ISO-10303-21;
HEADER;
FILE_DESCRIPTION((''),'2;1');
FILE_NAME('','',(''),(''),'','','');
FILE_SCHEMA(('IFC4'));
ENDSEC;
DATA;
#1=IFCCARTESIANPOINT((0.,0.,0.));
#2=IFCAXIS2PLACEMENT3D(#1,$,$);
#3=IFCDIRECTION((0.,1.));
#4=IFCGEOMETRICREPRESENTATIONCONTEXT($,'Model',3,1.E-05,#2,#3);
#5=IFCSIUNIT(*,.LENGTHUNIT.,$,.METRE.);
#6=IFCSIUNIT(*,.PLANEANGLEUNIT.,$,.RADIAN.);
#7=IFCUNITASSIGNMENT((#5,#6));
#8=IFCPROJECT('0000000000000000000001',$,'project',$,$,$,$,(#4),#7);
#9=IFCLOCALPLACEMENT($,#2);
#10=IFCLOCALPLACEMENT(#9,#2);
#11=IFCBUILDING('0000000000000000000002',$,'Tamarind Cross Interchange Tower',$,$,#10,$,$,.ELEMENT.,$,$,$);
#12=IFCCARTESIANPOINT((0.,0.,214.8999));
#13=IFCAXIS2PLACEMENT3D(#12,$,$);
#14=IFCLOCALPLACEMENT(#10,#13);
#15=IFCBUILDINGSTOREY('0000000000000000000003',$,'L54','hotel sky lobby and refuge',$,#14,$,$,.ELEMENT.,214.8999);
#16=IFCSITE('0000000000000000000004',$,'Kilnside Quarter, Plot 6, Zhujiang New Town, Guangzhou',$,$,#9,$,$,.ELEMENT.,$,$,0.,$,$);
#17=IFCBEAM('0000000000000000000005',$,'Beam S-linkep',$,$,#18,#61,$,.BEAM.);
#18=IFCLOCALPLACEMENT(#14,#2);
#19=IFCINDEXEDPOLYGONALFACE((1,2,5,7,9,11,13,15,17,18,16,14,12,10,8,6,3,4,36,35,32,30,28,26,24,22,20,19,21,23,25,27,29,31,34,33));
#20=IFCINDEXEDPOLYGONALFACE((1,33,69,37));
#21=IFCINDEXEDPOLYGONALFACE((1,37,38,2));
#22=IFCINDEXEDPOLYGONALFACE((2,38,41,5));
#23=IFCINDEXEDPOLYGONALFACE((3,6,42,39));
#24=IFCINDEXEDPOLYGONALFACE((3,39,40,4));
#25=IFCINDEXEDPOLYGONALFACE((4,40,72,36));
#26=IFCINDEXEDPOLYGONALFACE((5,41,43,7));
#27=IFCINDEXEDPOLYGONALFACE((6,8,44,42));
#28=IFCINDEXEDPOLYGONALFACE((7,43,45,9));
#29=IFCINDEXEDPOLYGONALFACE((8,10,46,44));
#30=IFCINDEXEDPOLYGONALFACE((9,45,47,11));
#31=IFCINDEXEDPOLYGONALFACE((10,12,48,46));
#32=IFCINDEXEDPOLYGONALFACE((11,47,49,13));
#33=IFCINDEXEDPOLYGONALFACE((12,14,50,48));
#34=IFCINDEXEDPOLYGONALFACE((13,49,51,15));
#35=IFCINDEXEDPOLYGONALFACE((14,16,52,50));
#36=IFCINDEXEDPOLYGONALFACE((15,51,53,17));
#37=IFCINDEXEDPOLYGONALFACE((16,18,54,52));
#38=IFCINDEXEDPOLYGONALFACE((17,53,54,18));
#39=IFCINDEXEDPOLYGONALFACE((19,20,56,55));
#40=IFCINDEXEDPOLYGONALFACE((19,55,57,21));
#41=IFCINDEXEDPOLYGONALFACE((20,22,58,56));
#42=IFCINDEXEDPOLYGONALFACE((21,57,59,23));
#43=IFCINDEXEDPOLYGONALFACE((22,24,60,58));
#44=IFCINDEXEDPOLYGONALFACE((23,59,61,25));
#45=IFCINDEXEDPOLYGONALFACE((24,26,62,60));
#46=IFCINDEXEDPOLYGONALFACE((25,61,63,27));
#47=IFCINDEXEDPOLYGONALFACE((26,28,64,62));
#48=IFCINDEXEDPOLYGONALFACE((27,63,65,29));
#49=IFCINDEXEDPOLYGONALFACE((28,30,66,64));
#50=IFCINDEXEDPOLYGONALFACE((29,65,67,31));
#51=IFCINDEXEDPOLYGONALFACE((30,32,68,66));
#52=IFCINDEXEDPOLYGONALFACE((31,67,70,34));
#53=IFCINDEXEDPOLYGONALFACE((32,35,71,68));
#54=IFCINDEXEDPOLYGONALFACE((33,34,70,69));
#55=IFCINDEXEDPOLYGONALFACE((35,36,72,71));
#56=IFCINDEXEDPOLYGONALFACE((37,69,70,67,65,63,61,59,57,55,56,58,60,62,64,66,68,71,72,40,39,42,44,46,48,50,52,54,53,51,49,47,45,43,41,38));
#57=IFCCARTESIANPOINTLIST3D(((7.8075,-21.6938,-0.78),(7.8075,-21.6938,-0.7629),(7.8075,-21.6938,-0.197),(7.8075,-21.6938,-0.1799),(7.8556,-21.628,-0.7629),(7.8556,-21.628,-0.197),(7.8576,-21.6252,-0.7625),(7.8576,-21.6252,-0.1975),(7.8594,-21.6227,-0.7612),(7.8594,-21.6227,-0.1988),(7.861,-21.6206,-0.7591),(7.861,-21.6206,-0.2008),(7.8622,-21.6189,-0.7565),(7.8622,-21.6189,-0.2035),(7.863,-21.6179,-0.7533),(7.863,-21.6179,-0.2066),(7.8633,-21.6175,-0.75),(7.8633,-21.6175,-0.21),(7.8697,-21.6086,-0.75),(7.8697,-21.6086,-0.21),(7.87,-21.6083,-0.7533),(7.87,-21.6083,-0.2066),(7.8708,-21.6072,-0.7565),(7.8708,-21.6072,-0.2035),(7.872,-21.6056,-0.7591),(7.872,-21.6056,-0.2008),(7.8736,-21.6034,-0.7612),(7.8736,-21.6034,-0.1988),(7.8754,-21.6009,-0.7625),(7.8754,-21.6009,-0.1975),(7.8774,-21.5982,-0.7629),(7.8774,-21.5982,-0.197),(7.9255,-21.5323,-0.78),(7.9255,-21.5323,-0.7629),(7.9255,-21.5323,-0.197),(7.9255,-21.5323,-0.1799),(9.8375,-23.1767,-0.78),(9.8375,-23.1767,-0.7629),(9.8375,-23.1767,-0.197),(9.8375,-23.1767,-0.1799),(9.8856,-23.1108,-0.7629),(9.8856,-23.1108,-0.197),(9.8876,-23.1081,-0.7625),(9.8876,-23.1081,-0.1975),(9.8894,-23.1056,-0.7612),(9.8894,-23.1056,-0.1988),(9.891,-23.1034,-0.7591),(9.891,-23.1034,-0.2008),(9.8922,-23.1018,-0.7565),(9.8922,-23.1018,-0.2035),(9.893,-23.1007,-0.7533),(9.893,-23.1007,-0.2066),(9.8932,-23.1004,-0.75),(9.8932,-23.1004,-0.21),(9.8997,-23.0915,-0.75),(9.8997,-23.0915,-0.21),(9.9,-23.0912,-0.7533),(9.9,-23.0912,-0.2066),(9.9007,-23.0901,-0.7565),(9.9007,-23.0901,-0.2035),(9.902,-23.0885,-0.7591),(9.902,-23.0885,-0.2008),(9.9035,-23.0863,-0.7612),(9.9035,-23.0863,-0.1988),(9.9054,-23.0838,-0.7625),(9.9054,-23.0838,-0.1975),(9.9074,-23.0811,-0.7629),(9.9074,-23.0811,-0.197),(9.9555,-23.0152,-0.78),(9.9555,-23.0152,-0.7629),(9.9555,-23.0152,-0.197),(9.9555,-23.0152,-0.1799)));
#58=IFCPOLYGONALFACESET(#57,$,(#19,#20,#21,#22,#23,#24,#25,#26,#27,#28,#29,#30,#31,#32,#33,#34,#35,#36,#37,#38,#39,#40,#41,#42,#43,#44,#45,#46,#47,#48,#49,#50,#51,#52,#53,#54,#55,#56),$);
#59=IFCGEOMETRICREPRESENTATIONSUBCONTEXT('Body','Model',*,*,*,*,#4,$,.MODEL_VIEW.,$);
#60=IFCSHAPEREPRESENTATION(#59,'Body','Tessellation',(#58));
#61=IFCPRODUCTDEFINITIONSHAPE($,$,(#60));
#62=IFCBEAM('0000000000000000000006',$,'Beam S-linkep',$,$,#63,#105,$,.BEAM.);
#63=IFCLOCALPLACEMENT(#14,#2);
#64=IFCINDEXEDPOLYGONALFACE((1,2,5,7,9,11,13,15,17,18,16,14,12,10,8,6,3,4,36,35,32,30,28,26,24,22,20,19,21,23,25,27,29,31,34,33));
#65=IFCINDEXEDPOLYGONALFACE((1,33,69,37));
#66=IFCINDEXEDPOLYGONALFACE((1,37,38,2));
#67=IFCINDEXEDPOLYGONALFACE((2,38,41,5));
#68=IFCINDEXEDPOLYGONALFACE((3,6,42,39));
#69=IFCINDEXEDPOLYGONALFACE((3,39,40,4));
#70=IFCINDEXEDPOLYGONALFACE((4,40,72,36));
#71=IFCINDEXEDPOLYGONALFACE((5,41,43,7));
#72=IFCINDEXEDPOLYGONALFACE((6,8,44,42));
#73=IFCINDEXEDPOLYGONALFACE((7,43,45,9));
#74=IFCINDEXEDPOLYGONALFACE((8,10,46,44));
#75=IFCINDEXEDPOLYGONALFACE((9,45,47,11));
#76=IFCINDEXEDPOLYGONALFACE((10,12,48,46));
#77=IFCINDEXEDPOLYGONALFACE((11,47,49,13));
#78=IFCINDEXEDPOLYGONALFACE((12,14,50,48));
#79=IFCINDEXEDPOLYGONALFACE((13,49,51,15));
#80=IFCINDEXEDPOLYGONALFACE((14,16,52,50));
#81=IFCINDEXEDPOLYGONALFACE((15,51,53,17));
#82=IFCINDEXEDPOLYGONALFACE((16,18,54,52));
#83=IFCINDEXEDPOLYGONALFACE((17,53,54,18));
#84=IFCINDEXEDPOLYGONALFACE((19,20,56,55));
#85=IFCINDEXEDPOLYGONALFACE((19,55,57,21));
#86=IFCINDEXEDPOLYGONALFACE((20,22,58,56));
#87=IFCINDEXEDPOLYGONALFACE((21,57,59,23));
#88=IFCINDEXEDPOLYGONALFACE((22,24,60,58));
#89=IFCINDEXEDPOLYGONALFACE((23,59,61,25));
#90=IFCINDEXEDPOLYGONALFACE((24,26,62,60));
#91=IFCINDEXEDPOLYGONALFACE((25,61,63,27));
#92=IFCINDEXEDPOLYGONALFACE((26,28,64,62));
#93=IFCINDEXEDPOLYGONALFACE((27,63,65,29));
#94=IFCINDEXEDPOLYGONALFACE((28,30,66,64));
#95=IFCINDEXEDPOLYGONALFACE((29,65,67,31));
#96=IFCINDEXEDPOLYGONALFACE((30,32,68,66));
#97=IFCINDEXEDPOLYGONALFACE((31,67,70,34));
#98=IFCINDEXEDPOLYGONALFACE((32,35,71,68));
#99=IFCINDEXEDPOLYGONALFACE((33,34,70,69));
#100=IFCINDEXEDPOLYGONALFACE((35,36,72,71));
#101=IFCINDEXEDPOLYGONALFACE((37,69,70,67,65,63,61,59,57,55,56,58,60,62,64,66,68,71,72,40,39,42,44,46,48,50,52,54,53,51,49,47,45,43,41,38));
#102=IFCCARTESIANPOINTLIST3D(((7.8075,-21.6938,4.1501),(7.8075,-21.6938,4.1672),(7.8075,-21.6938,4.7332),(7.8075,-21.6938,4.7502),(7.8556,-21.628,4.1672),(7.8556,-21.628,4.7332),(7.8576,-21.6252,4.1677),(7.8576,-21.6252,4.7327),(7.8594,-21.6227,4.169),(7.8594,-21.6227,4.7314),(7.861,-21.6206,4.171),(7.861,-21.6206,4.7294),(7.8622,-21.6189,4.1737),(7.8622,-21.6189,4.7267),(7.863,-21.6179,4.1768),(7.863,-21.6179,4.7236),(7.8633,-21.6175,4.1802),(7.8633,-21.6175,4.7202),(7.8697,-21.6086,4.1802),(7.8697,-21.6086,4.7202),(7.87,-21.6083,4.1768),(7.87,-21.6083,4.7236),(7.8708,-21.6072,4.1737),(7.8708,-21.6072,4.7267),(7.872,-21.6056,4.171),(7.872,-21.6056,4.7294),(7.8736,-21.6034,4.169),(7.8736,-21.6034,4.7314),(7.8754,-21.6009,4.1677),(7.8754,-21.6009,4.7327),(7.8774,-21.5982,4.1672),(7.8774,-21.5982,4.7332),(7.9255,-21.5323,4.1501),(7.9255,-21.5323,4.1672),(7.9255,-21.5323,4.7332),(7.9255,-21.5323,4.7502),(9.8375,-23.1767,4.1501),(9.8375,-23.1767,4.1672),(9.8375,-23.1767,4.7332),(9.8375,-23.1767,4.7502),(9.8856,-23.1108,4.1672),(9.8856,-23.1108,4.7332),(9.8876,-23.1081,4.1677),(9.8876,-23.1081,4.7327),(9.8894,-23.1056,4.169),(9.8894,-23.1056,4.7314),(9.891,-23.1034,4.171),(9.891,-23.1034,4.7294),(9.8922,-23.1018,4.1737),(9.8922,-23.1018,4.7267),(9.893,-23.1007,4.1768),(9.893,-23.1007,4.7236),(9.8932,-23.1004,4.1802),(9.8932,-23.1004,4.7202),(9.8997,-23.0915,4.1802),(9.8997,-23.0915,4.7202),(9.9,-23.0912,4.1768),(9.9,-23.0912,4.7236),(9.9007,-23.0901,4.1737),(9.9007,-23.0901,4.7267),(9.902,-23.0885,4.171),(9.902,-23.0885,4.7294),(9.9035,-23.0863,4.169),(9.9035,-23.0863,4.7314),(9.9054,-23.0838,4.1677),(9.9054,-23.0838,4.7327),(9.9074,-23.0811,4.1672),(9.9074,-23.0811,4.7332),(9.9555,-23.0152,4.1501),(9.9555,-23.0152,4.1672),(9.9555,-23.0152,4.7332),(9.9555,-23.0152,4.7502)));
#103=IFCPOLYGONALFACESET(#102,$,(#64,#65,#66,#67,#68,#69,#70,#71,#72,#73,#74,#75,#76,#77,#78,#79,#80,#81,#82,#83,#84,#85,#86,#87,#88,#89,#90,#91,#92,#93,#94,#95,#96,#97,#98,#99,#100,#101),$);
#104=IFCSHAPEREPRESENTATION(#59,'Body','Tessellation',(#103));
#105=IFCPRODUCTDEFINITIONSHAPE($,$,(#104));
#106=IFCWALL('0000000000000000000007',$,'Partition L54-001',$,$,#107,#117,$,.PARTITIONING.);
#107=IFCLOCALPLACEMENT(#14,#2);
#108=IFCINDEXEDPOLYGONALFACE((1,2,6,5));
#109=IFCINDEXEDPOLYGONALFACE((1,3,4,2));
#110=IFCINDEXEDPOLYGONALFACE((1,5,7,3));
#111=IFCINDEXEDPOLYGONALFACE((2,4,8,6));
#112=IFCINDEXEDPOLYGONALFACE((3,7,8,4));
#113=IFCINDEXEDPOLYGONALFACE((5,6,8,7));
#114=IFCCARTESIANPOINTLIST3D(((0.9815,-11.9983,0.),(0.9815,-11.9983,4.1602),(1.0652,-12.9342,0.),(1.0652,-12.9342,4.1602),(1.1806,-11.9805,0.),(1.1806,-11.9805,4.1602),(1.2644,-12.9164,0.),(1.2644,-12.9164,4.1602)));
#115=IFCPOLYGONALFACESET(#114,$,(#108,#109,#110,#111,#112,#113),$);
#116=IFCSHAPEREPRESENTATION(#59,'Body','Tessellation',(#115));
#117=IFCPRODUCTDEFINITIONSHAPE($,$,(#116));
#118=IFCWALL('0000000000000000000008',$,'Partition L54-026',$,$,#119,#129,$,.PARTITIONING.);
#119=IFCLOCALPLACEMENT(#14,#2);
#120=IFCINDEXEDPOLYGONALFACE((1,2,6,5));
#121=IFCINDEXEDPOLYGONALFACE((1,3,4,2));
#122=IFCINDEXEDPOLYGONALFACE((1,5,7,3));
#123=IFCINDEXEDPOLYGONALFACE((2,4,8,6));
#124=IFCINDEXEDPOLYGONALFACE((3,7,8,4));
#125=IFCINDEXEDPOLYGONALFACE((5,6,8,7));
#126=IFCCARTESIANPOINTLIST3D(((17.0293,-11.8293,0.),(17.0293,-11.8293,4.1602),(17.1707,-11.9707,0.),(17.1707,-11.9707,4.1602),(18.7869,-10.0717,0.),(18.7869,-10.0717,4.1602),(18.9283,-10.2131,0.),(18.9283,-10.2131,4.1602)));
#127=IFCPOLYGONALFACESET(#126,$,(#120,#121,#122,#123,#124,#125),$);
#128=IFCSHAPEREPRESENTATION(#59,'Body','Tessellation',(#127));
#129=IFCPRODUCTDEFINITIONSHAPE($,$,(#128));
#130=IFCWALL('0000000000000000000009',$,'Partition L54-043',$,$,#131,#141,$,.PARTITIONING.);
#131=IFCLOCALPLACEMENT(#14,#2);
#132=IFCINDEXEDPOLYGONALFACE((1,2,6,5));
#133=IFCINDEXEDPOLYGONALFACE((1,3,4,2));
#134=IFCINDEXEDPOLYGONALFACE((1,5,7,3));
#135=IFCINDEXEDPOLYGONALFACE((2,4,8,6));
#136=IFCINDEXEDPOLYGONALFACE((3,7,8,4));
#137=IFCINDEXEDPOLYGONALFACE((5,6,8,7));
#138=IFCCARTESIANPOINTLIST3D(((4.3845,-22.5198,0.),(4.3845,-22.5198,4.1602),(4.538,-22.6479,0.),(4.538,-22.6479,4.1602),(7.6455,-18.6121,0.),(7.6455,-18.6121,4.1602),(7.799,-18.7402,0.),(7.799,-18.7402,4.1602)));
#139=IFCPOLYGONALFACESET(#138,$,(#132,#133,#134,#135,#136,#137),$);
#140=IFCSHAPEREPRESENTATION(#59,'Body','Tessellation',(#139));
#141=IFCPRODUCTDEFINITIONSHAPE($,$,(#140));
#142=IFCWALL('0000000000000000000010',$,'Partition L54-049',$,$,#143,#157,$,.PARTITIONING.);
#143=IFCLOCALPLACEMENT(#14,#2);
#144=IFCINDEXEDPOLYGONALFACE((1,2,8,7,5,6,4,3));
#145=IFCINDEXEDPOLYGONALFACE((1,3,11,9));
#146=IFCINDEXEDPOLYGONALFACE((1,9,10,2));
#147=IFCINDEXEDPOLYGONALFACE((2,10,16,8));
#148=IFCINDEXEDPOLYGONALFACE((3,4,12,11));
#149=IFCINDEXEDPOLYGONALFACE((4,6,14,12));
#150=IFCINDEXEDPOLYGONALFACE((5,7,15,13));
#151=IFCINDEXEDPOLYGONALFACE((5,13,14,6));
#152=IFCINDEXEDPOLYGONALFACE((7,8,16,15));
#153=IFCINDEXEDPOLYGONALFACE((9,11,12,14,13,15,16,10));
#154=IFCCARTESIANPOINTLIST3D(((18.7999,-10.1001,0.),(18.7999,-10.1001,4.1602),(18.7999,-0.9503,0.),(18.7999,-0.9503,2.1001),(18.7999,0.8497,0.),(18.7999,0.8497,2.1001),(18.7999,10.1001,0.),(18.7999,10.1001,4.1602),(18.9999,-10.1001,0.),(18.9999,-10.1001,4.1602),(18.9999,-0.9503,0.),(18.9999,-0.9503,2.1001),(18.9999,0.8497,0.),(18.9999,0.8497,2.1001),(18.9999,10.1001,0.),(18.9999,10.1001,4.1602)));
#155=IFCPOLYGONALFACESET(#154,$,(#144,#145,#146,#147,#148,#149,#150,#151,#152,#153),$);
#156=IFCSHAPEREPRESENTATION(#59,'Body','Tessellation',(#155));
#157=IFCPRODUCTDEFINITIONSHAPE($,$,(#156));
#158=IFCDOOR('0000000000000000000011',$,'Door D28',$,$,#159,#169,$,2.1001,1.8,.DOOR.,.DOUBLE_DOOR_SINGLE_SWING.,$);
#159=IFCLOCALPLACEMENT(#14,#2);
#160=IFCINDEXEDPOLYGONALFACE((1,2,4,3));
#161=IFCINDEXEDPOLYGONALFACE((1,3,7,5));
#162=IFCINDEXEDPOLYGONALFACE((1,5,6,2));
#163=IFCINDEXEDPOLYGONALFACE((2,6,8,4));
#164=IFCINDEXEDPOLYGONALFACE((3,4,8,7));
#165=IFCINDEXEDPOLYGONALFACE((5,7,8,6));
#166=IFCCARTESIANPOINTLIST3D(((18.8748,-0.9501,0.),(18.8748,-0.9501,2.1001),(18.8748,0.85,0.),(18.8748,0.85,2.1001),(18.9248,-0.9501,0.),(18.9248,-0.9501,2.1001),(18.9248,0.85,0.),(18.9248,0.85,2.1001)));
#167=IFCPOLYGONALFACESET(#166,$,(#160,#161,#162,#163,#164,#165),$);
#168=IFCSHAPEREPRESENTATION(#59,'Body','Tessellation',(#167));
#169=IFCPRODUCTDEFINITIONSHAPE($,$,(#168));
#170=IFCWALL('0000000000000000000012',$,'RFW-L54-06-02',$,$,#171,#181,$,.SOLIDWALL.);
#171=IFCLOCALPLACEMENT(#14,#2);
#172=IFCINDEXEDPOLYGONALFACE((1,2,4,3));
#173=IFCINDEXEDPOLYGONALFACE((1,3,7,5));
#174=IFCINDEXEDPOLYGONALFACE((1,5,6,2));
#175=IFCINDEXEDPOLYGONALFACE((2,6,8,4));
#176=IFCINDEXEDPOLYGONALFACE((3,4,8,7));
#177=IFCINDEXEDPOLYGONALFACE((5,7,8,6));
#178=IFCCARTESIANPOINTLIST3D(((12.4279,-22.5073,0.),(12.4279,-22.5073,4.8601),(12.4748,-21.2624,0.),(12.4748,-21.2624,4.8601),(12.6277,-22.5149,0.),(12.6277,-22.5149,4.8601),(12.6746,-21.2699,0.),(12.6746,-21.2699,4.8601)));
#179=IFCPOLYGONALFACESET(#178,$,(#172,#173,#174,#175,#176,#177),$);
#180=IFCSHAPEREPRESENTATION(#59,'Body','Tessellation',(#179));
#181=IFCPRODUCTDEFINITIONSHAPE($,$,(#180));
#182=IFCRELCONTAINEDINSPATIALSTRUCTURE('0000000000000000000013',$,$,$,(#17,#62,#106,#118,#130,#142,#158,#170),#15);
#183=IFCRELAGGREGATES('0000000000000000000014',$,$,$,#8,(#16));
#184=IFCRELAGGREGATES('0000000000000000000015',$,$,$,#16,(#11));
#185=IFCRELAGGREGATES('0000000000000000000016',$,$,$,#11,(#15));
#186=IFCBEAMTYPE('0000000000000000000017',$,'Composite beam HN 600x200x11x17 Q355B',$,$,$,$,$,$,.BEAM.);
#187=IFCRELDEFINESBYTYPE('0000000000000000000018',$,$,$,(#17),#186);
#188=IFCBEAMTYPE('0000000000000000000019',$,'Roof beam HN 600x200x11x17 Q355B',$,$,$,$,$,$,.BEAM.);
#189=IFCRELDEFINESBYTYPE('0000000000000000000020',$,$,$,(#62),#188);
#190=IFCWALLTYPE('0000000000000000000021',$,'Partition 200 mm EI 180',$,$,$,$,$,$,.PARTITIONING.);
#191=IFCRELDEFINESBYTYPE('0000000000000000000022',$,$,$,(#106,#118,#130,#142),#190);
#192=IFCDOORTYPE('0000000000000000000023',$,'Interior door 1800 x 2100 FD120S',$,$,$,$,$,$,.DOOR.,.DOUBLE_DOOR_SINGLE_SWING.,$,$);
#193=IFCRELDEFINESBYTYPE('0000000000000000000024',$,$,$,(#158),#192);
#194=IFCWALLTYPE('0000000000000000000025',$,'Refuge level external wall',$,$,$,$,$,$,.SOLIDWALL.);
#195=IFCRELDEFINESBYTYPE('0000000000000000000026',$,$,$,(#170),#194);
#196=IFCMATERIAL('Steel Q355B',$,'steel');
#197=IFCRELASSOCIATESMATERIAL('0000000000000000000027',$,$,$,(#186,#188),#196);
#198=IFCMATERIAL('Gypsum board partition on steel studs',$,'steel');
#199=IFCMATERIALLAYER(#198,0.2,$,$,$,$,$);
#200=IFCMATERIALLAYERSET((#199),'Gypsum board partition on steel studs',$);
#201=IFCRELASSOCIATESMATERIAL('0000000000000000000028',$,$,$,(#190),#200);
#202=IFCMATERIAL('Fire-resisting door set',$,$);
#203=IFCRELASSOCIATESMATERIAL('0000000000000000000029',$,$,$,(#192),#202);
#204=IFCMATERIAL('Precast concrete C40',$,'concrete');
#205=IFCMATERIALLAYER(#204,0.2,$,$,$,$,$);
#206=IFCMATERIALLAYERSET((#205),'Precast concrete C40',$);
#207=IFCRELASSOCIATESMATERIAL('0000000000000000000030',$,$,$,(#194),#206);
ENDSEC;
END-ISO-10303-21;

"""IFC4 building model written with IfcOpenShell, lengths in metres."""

from ifc_helpers import new_model, si_unit, direction, frame, frame_2d, origin, origin_2d, place, context, subcontext, project, spatial, rectangle, i_section, extrude, material, layer, layer_set, material_profile, profile_set, type_object, element, fill, save


model = new_model("IFC4")

# Units and contexts
model_context = context("Model", 3, precision=1e-05, world=origin(), true_north=direction((0.0, 1.0)))
body_context = subcontext(model_context, "Body", "Model", "MODEL_VIEW")
ifc_project = project(units=[si_unit("LENGTHUNIT", "METRE"), si_unit("PLANEANGLEUNIT", "RADIAN")], contexts=[model_context])

# Site, building, storey
site_placement = place(None, origin())
site = spatial("IfcSite", under=ifc_project, at=site_placement, Name="Kilnside Quarter, Plot 6, Zhujiang New Town, Guangzhou", CompositionType="ELEMENT", RefElevation=0.0)
building_placement = place(site_placement, origin())
building = spatial("IfcBuilding", under=site, at=building_placement, Name="Tamarind Cross Interchange Tower", CompositionType="ELEMENT")
storey_placement = place(building_placement, frame((0.0, 0.0, 214.8999)))
storey = spatial("IfcBuildingStorey", under=building, at=storey_placement, Name="L54", Description="hotel sky lobby and refuge", CompositionType="ELEMENT", Elevation=214.8999)

# Beams
ifc_material_1 = material(Name="Steel Q355B", Category="steel")
ifc_material_profile_1 = material_profile(ifc_material_1, i_section(OverallWidth=0.2, OverallDepth=0.6001, WebThickness=0.011, FlangeThickness=0.0171, FilletRadius=0.0129, at=origin_2d()), Name="HN 600x200x11x17")
ifc_profile_set_1 = profile_set([ifc_material_profile_1], Name="Steel Q355B")
beam_type_1 = type_object("IfcBeamType", Name="Composite beam HN 600x200x11x17 Q355B", PredefinedType="BEAM", material=ifc_profile_set_1)
beam_1_placement = place(storey_placement, frame((9.8965, -23.0959, -0.48), z_axis=(-0.8075, 0.589868, 0.0), x_axis=(-0.589868, -0.8075, 0.0)))
element("IfcBeam", 1, at=beam_1_placement, inside=storey, type_object=beam_type_1, Name="Beam S-linkep", PredefinedType="BEAM", context=body_context, shape_type="SweptSolid", body=[
    extrude(i_section(OverallWidth=0.2, OverallDepth=0.6001, WebThickness=0.011, FlangeThickness=0.0171, FilletRadius=0.0129, at=origin_2d()), origin(), (0.0, 0.0, 1.0), 2.5139),
])
ifc_material_profile_2 = material_profile(ifc_material_1, i_section(OverallWidth=0.2, OverallDepth=0.6001, WebThickness=0.011, FlangeThickness=0.0171, FilletRadius=0.0129, at=origin_2d()), Name="HN 600x200x11x17")
ifc_profile_set_2 = profile_set([ifc_material_profile_2], Name="Steel Q355B")
beam_type_2 = type_object("IfcBeamType", Name="Roof beam HN 600x200x11x17 Q355B", PredefinedType="BEAM", material=ifc_profile_set_2)
beam_2_placement = place(storey_placement, frame((9.8965, -23.0959, 4.4502), z_axis=(-0.8075, 0.589868, 0.0), x_axis=(-0.589868, -0.8075, 0.0)))
element("IfcBeam", 2, at=beam_2_placement, inside=storey, type_object=beam_type_2, Name="Beam S-linkep", PredefinedType="BEAM", context=body_context, shape_type="SweptSolid", body=[
    extrude(i_section(OverallWidth=0.2, OverallDepth=0.6001, WebThickness=0.011, FlangeThickness=0.0171, FilletRadius=0.0129, at=origin_2d()), origin(), (0.0, 0.0, 1.0), 2.5139),
])

# Walls
ifc_material_2 = material(Name="Gypsum board partition on steel studs", Category="steel")
ifc_layer_1 = layer(ifc_material_2, 0.2)
ifc_layer_set_1 = layer_set([ifc_layer_1], Name="Gypsum board partition on steel studs")
wall_type_1 = type_object("IfcWallType", Name="Partition 200 mm EI 180", PredefinedType="PARTITIONING", material=ifc_layer_set_1)
wall_1_placement = place(storey_placement, frame((1.0811, -11.9895, 0.0), z_axis=(0.0, 0.0, 1.0), x_axis=(0.089107, -0.996022, 0.0)))
element("IfcWall", 3, at=wall_1_placement, inside=storey, type_object=wall_type_1, Name="Partition L54-001", PredefinedType="PARTITIONING", context=body_context, shape_type="SweptSolid", body=[
    extrude(rectangle(XDim=0.9397, YDim=0.2, at=frame_2d((0.4697, 0.0))), origin(), (0.0, 0.0, 1.0), 4.1602),
])
wall_2_placement = place(storey_placement, frame((17.1001, -11.8999, 0.0), z_axis=(0.0, 0.0, 1.0), x_axis=(0.707107, 0.707107, 0.0)))
element("IfcWall", 4, at=wall_2_placement, inside=storey, type_object=wall_type_1, Name="Partition L54-026", PredefinedType="PARTITIONING", context=body_context, shape_type="SweptSolid", body=[
    extrude(rectangle(XDim=2.4856, YDim=0.2, at=frame_2d((1.2427, 0.0))), origin(), (0.0, 0.0, 1.0), 4.1602),
])
wall_3_placement = place(storey_placement, frame((4.4612, -22.584, 0.0), z_axis=(0.0, 0.0, 1.0), x_axis=(0.640713, 0.767781, 0.0)))
element("IfcWall", 5, at=wall_3_placement, inside=storey, type_object=wall_type_1, Name="Partition L54-043", PredefinedType="PARTITIONING", context=body_context, shape_type="SweptSolid", body=[
    extrude(rectangle(XDim=5.0896, YDim=0.2, at=frame_2d((2.5449, 0.0))), origin(), (0.0, 0.0, 1.0), 4.1602),
])

# Wall, opening, door
wall_4_placement = place(storey_placement, frame((18.8999, -10.1001, 0.0), z_axis=(0.0, 0.0, 1.0), x_axis=(0.0, 1.0, 0.0)))
wall_4 = element("IfcWall", 6, at=wall_4_placement, inside=storey, type_object=wall_type_1, Name="Partition L54-049", PredefinedType="PARTITIONING", context=body_context, shape_type="SweptSolid", body=[
    extrude(rectangle(XDim=20.2002, YDim=0.2, at=frame_2d((10.1001, 0.0))), origin(), (0.0, 0.0, 1.0), 4.1602),
])
opening_1_placement = place(wall_4_placement, frame((9.1499, 0.0, 0.0)))
opening_1 = element("IfcOpeningElement", 7, at=opening_1_placement, cuts=wall_4, PredefinedType="OPENING", context=body_context, shape_type="SweptSolid", body=[
    extrude(rectangle(XDim=1.8, YDim=2.1001, at=frame_2d((0.8999, 1.05))), frame((0.0, 0.1099, 0.0), z_axis=(0.0, -1.0, 0.0), x_axis=(1.0, 0.0, 0.0)), (0.0, 0.0, 1.0), 0.22),
])
ifc_material_3 = material(Name="Fire-resisting door set")
door_type = type_object("IfcDoorType", Name="Interior door 1800 x 2100 FD120S", OperationType="DOUBLE_DOOR_SINGLE_SWING", PredefinedType="DOOR", material=ifc_material_3)
door_placement = place(opening_1_placement, frame((1.8, 0.0, 0.0), z_axis=(0.0, 0.0, 1.0), x_axis=(-1.0, 0.0, 0.0)))
door = element("IfcDoor", 8, at=door_placement, inside=storey, type_object=door_type, Name="Door D28", OperationType="DOUBLE_DOOR_SINGLE_SWING", OverallHeight=2.1001, OverallWidth=1.8, PredefinedType="DOOR", context=body_context, shape_type="SweptSolid", body=[
    extrude(rectangle(XDim=1.8, YDim=2.1001, at=frame_2d((0.8999, 1.05))), frame((0.0, 0.0249, 0.0), z_axis=(0.0, -1.0, 0.0), x_axis=(1.0, 0.0, 0.0)), (0.0, 0.0, 1.0), 0.05),
])
fill(opening_1, door)

# Wall
ifc_material_4 = material(Name="Precast concrete C40", Category="concrete")
ifc_layer_2 = layer(ifc_material_4, 0.2)
ifc_layer_set_2 = layer_set([ifc_layer_2], Name="Precast concrete C40")
wall_type_2 = type_object("IfcWallType", Name="Refuge level external wall", PredefinedType="SOLIDWALL", material=ifc_layer_set_2)
wall_5_placement = place(storey_placement, frame((12.5278, -22.5112, 0.0), z_axis=(0.0, 0.0, 1.0), x_axis=(0.037628, 0.999292, 0.0)))
element("IfcWall", 9, at=wall_5_placement, inside=storey, type_object=wall_type_2, Name="RFW-L54-06-02", PredefinedType="SOLIDWALL", context=body_context, shape_type="SweptSolid", body=[
    extrude(rectangle(XDim=1.2458, YDim=0.2, at=frame_2d((0.623, 0.0))), origin(), (0.0, 0.0, 1.0), 4.8601),
])

save(model, "model.ifc")
